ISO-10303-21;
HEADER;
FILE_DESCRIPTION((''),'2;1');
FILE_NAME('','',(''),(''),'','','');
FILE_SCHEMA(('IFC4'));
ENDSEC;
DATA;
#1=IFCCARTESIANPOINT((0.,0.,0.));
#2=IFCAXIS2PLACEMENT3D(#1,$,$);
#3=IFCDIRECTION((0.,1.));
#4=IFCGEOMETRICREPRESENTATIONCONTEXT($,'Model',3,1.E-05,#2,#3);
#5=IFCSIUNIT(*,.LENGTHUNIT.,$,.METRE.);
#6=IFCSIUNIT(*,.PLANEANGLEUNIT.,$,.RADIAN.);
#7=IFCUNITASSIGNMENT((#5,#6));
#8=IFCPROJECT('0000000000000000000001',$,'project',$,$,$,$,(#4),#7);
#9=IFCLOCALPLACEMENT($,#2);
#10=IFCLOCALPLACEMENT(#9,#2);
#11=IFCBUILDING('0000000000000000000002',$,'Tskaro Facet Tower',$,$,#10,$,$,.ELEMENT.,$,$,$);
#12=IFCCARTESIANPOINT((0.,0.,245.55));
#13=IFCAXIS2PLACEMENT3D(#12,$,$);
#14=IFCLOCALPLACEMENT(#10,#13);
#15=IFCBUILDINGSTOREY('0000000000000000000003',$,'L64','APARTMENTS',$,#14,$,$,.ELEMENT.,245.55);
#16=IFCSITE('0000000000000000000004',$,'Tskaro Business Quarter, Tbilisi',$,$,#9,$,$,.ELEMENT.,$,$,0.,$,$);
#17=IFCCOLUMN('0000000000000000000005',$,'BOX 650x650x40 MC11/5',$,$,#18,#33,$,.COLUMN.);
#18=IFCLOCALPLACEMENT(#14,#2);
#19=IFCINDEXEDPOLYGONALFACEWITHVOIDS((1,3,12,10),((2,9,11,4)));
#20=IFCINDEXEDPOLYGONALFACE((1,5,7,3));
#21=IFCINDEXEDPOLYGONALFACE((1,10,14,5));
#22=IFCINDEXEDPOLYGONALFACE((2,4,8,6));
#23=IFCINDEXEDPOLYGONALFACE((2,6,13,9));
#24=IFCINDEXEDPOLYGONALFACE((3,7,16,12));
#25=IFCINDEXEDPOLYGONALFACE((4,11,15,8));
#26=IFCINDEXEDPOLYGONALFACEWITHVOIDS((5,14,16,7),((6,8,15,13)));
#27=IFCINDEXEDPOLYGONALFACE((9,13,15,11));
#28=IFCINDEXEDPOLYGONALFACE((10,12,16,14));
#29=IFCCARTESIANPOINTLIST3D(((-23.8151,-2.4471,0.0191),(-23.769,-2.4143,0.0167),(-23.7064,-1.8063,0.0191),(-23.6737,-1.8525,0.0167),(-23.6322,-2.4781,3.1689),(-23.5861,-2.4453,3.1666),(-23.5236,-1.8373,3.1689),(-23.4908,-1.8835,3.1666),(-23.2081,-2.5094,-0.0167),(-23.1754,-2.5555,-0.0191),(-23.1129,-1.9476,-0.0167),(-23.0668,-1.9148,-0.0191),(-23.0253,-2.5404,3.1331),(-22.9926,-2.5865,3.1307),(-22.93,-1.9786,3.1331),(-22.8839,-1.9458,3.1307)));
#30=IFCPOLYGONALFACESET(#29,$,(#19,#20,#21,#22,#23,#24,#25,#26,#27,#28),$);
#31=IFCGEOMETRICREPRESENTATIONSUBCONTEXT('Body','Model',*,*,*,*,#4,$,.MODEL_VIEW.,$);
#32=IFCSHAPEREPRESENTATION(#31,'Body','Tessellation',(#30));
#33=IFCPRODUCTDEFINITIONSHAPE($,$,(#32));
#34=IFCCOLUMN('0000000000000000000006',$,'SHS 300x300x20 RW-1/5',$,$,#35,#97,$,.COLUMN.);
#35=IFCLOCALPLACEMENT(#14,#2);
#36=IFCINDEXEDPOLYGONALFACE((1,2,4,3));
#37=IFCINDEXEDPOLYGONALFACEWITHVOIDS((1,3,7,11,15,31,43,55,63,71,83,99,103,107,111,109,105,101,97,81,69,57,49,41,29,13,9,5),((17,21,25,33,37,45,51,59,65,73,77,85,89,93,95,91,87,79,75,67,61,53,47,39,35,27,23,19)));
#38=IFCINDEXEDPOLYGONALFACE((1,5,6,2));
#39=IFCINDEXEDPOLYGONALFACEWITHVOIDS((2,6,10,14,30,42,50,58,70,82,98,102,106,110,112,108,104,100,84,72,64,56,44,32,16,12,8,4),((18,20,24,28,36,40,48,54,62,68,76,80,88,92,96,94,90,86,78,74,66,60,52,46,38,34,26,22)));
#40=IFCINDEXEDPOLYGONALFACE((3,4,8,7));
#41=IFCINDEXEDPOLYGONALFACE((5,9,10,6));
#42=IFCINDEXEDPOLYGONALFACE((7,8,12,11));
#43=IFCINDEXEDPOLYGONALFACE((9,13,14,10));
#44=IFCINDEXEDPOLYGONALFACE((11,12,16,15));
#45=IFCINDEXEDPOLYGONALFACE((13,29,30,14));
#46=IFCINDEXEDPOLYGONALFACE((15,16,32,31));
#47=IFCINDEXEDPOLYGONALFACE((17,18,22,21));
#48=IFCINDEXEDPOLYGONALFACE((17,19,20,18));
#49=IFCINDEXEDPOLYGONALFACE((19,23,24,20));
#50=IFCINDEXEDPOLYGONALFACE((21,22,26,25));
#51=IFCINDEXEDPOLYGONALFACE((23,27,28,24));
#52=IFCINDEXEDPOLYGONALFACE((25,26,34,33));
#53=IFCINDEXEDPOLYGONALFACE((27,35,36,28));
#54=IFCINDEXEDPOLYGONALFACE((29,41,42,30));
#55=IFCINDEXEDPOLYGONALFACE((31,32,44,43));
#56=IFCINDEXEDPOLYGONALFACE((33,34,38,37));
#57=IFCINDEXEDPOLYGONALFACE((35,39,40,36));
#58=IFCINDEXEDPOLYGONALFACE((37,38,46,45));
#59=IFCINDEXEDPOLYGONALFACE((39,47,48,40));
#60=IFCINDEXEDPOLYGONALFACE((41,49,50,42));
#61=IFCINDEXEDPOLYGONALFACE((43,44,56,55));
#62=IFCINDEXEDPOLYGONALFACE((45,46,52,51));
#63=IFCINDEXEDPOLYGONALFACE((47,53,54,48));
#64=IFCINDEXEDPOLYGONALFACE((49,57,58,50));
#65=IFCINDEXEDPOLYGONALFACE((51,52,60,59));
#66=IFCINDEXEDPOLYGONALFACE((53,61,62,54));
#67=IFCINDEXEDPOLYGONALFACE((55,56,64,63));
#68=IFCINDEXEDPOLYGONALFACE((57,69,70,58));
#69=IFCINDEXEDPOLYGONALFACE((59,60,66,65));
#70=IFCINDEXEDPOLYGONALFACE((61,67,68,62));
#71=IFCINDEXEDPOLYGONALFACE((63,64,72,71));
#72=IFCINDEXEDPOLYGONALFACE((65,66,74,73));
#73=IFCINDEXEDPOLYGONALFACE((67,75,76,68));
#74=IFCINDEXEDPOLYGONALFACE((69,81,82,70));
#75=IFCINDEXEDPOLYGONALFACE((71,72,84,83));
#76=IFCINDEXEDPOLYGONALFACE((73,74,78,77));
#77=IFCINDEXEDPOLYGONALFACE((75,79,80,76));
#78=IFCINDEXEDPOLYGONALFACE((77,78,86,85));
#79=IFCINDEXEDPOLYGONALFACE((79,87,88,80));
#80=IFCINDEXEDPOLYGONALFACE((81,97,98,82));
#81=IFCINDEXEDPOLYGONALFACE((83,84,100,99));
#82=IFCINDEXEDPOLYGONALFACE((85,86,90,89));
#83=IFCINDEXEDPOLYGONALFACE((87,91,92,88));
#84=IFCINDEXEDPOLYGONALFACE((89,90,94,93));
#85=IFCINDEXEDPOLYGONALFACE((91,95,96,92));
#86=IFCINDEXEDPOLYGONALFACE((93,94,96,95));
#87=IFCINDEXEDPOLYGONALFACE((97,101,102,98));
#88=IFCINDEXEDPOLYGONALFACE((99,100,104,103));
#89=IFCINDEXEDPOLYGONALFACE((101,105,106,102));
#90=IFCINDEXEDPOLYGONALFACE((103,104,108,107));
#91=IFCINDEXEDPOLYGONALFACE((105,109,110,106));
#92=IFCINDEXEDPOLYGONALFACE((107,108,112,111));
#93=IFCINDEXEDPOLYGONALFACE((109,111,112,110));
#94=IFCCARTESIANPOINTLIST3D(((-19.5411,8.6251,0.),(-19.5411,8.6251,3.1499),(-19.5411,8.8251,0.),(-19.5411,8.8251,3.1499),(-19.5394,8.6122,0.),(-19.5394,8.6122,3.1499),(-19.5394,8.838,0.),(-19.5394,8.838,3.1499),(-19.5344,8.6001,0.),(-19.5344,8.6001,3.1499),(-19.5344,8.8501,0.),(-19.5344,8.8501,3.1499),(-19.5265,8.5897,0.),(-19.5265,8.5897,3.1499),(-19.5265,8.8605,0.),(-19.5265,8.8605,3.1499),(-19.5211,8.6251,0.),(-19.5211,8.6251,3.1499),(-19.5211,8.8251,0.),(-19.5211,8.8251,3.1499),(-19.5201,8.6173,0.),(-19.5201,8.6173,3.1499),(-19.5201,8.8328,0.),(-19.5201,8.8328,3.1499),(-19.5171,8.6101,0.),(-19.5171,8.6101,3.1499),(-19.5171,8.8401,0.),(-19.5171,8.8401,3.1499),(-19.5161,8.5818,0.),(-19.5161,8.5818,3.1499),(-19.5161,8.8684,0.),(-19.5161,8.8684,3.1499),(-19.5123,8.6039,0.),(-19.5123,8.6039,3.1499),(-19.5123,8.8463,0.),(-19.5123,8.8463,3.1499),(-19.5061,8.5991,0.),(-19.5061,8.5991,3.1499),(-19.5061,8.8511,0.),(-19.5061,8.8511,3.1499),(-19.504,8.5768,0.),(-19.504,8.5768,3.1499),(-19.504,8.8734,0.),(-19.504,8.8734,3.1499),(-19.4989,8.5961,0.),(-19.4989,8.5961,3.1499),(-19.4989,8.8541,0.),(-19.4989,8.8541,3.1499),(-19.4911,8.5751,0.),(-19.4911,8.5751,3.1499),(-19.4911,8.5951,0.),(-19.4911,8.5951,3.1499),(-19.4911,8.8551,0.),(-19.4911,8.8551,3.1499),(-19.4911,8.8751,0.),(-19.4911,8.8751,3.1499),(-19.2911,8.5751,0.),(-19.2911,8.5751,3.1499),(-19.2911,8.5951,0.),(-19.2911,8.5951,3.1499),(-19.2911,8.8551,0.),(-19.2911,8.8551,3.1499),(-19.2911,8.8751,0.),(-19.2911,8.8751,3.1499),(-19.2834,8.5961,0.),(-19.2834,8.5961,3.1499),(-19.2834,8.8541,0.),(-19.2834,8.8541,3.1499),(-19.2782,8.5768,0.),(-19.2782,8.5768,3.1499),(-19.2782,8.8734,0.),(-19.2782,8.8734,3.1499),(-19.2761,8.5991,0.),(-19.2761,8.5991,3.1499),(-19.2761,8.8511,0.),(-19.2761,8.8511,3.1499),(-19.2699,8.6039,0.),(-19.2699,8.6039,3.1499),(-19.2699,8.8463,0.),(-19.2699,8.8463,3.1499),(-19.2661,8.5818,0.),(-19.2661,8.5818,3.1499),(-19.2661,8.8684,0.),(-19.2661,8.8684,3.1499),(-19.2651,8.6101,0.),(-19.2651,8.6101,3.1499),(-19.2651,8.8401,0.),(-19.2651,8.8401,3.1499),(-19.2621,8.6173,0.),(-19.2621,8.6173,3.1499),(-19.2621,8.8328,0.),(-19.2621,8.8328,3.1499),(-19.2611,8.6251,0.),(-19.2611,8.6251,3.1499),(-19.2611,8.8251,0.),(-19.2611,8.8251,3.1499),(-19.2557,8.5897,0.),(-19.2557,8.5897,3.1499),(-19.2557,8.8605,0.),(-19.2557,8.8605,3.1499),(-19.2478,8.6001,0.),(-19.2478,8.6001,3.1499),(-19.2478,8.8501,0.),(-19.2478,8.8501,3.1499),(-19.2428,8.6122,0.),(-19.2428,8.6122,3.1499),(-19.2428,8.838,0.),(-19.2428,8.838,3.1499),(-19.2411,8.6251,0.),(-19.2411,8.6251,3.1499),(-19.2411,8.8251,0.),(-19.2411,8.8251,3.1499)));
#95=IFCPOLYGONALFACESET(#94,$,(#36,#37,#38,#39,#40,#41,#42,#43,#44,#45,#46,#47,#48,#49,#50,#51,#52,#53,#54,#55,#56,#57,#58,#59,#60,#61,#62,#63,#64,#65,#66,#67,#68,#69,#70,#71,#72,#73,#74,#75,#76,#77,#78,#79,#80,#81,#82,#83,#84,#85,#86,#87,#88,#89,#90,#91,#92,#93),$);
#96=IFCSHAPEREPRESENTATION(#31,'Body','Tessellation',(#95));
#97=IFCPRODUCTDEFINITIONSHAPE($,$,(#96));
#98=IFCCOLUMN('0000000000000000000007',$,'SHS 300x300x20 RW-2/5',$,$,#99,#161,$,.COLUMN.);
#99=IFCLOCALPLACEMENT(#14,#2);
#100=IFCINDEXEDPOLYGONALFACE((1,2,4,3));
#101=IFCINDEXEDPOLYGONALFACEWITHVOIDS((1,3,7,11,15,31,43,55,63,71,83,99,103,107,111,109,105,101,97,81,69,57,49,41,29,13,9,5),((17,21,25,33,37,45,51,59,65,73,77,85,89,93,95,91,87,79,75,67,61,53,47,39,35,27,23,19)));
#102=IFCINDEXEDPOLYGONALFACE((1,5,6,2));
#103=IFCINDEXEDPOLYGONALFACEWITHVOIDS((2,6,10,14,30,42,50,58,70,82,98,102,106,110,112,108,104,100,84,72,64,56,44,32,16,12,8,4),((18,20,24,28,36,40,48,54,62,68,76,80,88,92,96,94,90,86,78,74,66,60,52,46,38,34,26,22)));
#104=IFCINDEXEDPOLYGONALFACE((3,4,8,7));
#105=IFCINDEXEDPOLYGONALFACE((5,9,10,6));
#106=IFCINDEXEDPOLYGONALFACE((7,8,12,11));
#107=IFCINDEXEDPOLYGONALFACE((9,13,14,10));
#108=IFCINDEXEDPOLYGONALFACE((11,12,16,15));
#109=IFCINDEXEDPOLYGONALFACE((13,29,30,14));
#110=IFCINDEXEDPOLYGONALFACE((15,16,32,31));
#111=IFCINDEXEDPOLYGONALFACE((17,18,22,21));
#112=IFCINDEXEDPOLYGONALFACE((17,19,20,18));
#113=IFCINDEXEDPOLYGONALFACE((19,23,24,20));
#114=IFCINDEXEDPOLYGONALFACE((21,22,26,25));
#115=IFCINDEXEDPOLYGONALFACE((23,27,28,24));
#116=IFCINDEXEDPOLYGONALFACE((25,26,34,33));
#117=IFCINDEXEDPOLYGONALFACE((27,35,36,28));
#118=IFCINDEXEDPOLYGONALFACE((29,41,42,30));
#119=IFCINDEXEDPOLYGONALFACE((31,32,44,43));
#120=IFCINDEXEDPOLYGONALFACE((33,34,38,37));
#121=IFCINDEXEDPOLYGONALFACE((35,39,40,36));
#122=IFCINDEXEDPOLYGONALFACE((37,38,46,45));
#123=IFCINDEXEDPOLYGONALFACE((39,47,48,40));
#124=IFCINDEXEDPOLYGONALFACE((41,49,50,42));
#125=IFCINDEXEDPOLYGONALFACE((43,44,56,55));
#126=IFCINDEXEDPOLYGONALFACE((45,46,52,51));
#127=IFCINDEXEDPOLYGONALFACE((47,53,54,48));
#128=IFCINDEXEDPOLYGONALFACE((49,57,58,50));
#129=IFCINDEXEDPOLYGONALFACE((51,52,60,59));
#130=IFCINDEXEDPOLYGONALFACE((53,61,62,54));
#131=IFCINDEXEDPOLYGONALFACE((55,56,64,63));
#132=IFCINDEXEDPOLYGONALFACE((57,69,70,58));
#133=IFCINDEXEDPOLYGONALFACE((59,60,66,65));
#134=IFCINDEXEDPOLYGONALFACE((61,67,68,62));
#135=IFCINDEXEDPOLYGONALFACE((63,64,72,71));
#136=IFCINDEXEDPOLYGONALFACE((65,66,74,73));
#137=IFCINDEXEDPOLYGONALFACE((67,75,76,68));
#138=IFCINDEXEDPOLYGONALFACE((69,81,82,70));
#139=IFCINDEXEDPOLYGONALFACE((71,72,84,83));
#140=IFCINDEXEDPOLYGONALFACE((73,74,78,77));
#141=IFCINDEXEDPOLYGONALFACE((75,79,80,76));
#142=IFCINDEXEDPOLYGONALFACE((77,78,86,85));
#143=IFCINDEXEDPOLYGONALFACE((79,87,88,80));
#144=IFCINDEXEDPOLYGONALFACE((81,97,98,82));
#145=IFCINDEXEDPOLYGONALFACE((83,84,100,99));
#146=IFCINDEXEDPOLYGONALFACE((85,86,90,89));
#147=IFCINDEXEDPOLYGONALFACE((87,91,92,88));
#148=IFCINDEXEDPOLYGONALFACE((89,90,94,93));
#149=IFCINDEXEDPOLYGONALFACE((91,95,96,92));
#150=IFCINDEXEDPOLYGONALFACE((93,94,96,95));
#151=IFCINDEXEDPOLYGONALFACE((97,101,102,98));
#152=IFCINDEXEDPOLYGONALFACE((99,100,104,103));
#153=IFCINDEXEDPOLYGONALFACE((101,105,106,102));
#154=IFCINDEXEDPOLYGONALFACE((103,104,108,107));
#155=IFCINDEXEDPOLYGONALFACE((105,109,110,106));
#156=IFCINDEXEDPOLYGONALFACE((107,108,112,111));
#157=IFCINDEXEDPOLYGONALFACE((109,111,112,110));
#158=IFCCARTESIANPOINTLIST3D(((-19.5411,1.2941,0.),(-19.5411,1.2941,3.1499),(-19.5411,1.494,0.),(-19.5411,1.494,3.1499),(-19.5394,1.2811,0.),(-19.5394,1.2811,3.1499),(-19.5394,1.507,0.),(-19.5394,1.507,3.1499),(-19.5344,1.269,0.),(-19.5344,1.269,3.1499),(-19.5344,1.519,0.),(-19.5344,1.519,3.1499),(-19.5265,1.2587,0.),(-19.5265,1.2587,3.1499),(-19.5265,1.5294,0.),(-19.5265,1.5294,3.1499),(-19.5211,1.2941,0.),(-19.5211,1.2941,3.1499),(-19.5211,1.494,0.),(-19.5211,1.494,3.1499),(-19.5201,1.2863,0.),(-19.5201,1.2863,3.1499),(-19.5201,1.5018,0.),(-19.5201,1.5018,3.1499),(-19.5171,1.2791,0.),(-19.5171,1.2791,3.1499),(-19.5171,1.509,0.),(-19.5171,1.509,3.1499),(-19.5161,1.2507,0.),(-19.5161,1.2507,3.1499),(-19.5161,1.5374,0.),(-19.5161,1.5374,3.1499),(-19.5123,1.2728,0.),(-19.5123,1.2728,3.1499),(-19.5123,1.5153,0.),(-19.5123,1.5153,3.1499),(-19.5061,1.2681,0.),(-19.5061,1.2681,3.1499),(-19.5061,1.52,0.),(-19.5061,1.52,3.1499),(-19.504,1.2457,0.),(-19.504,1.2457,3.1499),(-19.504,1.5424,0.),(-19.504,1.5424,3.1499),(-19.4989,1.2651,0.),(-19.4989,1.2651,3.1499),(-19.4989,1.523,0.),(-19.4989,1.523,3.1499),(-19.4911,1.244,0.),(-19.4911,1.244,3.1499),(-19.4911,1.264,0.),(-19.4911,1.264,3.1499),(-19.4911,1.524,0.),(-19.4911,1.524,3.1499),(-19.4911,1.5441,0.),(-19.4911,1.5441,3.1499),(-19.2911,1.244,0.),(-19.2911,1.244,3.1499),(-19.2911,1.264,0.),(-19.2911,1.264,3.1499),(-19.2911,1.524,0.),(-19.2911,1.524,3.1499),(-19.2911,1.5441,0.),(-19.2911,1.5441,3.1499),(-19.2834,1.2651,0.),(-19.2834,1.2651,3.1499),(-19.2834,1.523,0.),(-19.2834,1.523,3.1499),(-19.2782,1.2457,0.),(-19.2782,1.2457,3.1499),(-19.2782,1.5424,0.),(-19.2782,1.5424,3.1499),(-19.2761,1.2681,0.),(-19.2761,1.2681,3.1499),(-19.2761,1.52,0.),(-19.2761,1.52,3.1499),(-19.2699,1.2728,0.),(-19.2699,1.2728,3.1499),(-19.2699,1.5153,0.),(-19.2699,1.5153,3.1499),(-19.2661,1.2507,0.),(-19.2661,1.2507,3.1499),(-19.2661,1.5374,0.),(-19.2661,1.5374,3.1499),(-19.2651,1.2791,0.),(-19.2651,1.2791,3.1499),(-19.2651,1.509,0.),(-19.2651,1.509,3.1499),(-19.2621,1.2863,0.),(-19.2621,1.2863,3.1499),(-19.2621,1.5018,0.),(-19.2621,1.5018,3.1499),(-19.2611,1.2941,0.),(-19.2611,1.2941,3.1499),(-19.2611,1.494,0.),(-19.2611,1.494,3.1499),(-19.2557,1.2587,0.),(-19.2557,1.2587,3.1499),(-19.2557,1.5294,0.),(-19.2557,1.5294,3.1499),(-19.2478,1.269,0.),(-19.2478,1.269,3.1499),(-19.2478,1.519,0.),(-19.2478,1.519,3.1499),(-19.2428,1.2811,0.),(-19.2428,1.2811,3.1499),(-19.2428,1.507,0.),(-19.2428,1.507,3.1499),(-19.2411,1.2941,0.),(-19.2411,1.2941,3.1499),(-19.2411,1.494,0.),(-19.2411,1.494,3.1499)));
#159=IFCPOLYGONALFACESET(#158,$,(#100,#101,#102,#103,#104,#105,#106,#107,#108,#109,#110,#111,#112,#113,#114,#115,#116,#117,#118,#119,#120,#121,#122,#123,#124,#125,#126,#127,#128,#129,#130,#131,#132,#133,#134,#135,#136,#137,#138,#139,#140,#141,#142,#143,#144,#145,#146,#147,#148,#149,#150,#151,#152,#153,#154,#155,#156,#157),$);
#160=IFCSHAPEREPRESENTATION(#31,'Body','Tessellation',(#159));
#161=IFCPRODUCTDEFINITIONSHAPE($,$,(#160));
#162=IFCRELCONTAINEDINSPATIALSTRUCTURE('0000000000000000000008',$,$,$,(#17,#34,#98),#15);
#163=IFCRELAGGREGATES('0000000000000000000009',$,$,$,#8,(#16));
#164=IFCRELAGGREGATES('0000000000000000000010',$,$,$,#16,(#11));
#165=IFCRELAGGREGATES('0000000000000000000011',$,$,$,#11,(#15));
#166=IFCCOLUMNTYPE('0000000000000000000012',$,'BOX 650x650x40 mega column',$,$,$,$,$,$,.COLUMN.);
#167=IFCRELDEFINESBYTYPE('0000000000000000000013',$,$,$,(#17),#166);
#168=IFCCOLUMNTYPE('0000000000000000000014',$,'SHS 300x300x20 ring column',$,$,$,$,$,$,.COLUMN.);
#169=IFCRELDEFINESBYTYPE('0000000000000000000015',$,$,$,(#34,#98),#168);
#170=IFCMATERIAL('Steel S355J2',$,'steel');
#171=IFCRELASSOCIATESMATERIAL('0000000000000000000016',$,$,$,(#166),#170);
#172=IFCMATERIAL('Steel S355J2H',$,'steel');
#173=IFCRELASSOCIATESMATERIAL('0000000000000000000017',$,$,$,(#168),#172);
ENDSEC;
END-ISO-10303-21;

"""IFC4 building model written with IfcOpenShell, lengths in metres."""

from ifc_helpers import new_model, si_unit, direction, frame, origin, origin_2d, place, context, subcontext, project, spatial, hollow_rectangle, extrude, material, material_profile, profile_set, type_object, element, save


model = new_model("IFC4")

# Units and contexts
model_context = context("Model", 3, precision=1e-05, world=origin(), true_north=direction((0.0, 1.0)))
body_context = subcontext(model_context, "Body", "Model", "MODEL_VIEW")
ifc_project = project(units=[si_unit("LENGTHUNIT", "METRE"), si_unit("PLANEANGLEUNIT", "RADIAN")], contexts=[model_context])

# Site, building, storey
site_placement = place(None, origin())
site = spatial("IfcSite", under=ifc_project, at=site_placement, Name="Tskaro Business Quarter, Tbilisi", CompositionType="ELEMENT", RefElevation=0.0)
building_placement = place(site_placement, origin())
building = spatial("IfcBuilding", under=site, at=building_placement, Name="Tskaro Facet Tower", CompositionType="ELEMENT")
storey_placement = place(building_placement, frame((0.0, 0.0, 245.55)))
storey = spatial("IfcBuildingStorey", under=building, at=storey_placement, Name="L64", Description="APARTMENTS", CompositionType="ELEMENT", Elevation=245.55)

# Columns
ifc_material_1 = material(Name="Steel S355J2", Category="steel")
ifc_material_profile_1 = material_profile(ifc_material_1, hollow_rectangle(XDim=0.6499, YDim=0.6499, WallThickness=0.04, at=origin_2d()), Name="BOX 650x650x40")
ifc_profile_set_1 = profile_set([ifc_material_profile_1], Name="Steel S355J2")
column_type_1 = type_object("IfcColumnType", Name="BOX 650x650x40 mega column", PredefinedType="COLUMN", material=ifc_profile_set_1)
column_placement = place(storey_placement, frame((-23.4409, -2.1809, 0.0), z_axis=(0.057953, -0.009826, 0.998271), x_axis=(0.167173, 0.985928, 0.0)))
element("IfcColumn", 1, at=column_placement, inside=storey, type_object=column_type_1, Name="BOX 650x650x40 MC11/5", PredefinedType="COLUMN", context=body_context, shape_type="SweptSolid", body=[
    extrude(hollow_rectangle(XDim=0.6499, YDim=0.6499, WallThickness=0.04, at=origin_2d()), origin(), (0.0, 0.0, 1.0), 3.1553),
])
ifc_material_2 = material(Name="Steel S355J2H", Category="steel")
ifc_material_profile_2 = material_profile(ifc_material_2, hollow_rectangle(XDim=0.3, YDim=0.3, WallThickness=0.02, InnerFilletRadius=0.03, OuterFilletRadius=0.05, at=origin_2d()), Name="SHS 300x300x20")
ifc_profile_set_2 = profile_set([ifc_material_profile_2], Name="Steel S355J2H")
column_type_2 = type_object("IfcColumnType", Name="SHS 300x300x20 ring column", PredefinedType="COLUMN", material=ifc_profile_set_2)
for number, where, z_axis, x_axis, name in (
    (2, (-19.3911, 8.7251, 0.0), (0.0, 0.0, 1.0), (1.0, 0.0, 0.0), "SHS 300x300x20 RW-1/5"),
    (3, (-19.3911, 1.394, 0.0), (0.0, 0.0, 1.0), (1.0, 0.0, 0.0), "SHS 300x300x20 RW-2/5"),
):
    element("IfcColumn", number, at=place(storey_placement, frame(where, z_axis=z_axis, x_axis=x_axis)), inside=storey, type_object=column_type_2, Name=name, PredefinedType="COLUMN", context=body_context, shape_type="SweptSolid", body=[
        extrude(hollow_rectangle(XDim=0.3, YDim=0.3, WallThickness=0.02, InnerFilletRadius=0.03, OuterFilletRadius=0.05, at=origin_2d()), origin(), (0.0, 0.0, 1.0), 3.1499),
    ])

save(model, "model.ifc")
